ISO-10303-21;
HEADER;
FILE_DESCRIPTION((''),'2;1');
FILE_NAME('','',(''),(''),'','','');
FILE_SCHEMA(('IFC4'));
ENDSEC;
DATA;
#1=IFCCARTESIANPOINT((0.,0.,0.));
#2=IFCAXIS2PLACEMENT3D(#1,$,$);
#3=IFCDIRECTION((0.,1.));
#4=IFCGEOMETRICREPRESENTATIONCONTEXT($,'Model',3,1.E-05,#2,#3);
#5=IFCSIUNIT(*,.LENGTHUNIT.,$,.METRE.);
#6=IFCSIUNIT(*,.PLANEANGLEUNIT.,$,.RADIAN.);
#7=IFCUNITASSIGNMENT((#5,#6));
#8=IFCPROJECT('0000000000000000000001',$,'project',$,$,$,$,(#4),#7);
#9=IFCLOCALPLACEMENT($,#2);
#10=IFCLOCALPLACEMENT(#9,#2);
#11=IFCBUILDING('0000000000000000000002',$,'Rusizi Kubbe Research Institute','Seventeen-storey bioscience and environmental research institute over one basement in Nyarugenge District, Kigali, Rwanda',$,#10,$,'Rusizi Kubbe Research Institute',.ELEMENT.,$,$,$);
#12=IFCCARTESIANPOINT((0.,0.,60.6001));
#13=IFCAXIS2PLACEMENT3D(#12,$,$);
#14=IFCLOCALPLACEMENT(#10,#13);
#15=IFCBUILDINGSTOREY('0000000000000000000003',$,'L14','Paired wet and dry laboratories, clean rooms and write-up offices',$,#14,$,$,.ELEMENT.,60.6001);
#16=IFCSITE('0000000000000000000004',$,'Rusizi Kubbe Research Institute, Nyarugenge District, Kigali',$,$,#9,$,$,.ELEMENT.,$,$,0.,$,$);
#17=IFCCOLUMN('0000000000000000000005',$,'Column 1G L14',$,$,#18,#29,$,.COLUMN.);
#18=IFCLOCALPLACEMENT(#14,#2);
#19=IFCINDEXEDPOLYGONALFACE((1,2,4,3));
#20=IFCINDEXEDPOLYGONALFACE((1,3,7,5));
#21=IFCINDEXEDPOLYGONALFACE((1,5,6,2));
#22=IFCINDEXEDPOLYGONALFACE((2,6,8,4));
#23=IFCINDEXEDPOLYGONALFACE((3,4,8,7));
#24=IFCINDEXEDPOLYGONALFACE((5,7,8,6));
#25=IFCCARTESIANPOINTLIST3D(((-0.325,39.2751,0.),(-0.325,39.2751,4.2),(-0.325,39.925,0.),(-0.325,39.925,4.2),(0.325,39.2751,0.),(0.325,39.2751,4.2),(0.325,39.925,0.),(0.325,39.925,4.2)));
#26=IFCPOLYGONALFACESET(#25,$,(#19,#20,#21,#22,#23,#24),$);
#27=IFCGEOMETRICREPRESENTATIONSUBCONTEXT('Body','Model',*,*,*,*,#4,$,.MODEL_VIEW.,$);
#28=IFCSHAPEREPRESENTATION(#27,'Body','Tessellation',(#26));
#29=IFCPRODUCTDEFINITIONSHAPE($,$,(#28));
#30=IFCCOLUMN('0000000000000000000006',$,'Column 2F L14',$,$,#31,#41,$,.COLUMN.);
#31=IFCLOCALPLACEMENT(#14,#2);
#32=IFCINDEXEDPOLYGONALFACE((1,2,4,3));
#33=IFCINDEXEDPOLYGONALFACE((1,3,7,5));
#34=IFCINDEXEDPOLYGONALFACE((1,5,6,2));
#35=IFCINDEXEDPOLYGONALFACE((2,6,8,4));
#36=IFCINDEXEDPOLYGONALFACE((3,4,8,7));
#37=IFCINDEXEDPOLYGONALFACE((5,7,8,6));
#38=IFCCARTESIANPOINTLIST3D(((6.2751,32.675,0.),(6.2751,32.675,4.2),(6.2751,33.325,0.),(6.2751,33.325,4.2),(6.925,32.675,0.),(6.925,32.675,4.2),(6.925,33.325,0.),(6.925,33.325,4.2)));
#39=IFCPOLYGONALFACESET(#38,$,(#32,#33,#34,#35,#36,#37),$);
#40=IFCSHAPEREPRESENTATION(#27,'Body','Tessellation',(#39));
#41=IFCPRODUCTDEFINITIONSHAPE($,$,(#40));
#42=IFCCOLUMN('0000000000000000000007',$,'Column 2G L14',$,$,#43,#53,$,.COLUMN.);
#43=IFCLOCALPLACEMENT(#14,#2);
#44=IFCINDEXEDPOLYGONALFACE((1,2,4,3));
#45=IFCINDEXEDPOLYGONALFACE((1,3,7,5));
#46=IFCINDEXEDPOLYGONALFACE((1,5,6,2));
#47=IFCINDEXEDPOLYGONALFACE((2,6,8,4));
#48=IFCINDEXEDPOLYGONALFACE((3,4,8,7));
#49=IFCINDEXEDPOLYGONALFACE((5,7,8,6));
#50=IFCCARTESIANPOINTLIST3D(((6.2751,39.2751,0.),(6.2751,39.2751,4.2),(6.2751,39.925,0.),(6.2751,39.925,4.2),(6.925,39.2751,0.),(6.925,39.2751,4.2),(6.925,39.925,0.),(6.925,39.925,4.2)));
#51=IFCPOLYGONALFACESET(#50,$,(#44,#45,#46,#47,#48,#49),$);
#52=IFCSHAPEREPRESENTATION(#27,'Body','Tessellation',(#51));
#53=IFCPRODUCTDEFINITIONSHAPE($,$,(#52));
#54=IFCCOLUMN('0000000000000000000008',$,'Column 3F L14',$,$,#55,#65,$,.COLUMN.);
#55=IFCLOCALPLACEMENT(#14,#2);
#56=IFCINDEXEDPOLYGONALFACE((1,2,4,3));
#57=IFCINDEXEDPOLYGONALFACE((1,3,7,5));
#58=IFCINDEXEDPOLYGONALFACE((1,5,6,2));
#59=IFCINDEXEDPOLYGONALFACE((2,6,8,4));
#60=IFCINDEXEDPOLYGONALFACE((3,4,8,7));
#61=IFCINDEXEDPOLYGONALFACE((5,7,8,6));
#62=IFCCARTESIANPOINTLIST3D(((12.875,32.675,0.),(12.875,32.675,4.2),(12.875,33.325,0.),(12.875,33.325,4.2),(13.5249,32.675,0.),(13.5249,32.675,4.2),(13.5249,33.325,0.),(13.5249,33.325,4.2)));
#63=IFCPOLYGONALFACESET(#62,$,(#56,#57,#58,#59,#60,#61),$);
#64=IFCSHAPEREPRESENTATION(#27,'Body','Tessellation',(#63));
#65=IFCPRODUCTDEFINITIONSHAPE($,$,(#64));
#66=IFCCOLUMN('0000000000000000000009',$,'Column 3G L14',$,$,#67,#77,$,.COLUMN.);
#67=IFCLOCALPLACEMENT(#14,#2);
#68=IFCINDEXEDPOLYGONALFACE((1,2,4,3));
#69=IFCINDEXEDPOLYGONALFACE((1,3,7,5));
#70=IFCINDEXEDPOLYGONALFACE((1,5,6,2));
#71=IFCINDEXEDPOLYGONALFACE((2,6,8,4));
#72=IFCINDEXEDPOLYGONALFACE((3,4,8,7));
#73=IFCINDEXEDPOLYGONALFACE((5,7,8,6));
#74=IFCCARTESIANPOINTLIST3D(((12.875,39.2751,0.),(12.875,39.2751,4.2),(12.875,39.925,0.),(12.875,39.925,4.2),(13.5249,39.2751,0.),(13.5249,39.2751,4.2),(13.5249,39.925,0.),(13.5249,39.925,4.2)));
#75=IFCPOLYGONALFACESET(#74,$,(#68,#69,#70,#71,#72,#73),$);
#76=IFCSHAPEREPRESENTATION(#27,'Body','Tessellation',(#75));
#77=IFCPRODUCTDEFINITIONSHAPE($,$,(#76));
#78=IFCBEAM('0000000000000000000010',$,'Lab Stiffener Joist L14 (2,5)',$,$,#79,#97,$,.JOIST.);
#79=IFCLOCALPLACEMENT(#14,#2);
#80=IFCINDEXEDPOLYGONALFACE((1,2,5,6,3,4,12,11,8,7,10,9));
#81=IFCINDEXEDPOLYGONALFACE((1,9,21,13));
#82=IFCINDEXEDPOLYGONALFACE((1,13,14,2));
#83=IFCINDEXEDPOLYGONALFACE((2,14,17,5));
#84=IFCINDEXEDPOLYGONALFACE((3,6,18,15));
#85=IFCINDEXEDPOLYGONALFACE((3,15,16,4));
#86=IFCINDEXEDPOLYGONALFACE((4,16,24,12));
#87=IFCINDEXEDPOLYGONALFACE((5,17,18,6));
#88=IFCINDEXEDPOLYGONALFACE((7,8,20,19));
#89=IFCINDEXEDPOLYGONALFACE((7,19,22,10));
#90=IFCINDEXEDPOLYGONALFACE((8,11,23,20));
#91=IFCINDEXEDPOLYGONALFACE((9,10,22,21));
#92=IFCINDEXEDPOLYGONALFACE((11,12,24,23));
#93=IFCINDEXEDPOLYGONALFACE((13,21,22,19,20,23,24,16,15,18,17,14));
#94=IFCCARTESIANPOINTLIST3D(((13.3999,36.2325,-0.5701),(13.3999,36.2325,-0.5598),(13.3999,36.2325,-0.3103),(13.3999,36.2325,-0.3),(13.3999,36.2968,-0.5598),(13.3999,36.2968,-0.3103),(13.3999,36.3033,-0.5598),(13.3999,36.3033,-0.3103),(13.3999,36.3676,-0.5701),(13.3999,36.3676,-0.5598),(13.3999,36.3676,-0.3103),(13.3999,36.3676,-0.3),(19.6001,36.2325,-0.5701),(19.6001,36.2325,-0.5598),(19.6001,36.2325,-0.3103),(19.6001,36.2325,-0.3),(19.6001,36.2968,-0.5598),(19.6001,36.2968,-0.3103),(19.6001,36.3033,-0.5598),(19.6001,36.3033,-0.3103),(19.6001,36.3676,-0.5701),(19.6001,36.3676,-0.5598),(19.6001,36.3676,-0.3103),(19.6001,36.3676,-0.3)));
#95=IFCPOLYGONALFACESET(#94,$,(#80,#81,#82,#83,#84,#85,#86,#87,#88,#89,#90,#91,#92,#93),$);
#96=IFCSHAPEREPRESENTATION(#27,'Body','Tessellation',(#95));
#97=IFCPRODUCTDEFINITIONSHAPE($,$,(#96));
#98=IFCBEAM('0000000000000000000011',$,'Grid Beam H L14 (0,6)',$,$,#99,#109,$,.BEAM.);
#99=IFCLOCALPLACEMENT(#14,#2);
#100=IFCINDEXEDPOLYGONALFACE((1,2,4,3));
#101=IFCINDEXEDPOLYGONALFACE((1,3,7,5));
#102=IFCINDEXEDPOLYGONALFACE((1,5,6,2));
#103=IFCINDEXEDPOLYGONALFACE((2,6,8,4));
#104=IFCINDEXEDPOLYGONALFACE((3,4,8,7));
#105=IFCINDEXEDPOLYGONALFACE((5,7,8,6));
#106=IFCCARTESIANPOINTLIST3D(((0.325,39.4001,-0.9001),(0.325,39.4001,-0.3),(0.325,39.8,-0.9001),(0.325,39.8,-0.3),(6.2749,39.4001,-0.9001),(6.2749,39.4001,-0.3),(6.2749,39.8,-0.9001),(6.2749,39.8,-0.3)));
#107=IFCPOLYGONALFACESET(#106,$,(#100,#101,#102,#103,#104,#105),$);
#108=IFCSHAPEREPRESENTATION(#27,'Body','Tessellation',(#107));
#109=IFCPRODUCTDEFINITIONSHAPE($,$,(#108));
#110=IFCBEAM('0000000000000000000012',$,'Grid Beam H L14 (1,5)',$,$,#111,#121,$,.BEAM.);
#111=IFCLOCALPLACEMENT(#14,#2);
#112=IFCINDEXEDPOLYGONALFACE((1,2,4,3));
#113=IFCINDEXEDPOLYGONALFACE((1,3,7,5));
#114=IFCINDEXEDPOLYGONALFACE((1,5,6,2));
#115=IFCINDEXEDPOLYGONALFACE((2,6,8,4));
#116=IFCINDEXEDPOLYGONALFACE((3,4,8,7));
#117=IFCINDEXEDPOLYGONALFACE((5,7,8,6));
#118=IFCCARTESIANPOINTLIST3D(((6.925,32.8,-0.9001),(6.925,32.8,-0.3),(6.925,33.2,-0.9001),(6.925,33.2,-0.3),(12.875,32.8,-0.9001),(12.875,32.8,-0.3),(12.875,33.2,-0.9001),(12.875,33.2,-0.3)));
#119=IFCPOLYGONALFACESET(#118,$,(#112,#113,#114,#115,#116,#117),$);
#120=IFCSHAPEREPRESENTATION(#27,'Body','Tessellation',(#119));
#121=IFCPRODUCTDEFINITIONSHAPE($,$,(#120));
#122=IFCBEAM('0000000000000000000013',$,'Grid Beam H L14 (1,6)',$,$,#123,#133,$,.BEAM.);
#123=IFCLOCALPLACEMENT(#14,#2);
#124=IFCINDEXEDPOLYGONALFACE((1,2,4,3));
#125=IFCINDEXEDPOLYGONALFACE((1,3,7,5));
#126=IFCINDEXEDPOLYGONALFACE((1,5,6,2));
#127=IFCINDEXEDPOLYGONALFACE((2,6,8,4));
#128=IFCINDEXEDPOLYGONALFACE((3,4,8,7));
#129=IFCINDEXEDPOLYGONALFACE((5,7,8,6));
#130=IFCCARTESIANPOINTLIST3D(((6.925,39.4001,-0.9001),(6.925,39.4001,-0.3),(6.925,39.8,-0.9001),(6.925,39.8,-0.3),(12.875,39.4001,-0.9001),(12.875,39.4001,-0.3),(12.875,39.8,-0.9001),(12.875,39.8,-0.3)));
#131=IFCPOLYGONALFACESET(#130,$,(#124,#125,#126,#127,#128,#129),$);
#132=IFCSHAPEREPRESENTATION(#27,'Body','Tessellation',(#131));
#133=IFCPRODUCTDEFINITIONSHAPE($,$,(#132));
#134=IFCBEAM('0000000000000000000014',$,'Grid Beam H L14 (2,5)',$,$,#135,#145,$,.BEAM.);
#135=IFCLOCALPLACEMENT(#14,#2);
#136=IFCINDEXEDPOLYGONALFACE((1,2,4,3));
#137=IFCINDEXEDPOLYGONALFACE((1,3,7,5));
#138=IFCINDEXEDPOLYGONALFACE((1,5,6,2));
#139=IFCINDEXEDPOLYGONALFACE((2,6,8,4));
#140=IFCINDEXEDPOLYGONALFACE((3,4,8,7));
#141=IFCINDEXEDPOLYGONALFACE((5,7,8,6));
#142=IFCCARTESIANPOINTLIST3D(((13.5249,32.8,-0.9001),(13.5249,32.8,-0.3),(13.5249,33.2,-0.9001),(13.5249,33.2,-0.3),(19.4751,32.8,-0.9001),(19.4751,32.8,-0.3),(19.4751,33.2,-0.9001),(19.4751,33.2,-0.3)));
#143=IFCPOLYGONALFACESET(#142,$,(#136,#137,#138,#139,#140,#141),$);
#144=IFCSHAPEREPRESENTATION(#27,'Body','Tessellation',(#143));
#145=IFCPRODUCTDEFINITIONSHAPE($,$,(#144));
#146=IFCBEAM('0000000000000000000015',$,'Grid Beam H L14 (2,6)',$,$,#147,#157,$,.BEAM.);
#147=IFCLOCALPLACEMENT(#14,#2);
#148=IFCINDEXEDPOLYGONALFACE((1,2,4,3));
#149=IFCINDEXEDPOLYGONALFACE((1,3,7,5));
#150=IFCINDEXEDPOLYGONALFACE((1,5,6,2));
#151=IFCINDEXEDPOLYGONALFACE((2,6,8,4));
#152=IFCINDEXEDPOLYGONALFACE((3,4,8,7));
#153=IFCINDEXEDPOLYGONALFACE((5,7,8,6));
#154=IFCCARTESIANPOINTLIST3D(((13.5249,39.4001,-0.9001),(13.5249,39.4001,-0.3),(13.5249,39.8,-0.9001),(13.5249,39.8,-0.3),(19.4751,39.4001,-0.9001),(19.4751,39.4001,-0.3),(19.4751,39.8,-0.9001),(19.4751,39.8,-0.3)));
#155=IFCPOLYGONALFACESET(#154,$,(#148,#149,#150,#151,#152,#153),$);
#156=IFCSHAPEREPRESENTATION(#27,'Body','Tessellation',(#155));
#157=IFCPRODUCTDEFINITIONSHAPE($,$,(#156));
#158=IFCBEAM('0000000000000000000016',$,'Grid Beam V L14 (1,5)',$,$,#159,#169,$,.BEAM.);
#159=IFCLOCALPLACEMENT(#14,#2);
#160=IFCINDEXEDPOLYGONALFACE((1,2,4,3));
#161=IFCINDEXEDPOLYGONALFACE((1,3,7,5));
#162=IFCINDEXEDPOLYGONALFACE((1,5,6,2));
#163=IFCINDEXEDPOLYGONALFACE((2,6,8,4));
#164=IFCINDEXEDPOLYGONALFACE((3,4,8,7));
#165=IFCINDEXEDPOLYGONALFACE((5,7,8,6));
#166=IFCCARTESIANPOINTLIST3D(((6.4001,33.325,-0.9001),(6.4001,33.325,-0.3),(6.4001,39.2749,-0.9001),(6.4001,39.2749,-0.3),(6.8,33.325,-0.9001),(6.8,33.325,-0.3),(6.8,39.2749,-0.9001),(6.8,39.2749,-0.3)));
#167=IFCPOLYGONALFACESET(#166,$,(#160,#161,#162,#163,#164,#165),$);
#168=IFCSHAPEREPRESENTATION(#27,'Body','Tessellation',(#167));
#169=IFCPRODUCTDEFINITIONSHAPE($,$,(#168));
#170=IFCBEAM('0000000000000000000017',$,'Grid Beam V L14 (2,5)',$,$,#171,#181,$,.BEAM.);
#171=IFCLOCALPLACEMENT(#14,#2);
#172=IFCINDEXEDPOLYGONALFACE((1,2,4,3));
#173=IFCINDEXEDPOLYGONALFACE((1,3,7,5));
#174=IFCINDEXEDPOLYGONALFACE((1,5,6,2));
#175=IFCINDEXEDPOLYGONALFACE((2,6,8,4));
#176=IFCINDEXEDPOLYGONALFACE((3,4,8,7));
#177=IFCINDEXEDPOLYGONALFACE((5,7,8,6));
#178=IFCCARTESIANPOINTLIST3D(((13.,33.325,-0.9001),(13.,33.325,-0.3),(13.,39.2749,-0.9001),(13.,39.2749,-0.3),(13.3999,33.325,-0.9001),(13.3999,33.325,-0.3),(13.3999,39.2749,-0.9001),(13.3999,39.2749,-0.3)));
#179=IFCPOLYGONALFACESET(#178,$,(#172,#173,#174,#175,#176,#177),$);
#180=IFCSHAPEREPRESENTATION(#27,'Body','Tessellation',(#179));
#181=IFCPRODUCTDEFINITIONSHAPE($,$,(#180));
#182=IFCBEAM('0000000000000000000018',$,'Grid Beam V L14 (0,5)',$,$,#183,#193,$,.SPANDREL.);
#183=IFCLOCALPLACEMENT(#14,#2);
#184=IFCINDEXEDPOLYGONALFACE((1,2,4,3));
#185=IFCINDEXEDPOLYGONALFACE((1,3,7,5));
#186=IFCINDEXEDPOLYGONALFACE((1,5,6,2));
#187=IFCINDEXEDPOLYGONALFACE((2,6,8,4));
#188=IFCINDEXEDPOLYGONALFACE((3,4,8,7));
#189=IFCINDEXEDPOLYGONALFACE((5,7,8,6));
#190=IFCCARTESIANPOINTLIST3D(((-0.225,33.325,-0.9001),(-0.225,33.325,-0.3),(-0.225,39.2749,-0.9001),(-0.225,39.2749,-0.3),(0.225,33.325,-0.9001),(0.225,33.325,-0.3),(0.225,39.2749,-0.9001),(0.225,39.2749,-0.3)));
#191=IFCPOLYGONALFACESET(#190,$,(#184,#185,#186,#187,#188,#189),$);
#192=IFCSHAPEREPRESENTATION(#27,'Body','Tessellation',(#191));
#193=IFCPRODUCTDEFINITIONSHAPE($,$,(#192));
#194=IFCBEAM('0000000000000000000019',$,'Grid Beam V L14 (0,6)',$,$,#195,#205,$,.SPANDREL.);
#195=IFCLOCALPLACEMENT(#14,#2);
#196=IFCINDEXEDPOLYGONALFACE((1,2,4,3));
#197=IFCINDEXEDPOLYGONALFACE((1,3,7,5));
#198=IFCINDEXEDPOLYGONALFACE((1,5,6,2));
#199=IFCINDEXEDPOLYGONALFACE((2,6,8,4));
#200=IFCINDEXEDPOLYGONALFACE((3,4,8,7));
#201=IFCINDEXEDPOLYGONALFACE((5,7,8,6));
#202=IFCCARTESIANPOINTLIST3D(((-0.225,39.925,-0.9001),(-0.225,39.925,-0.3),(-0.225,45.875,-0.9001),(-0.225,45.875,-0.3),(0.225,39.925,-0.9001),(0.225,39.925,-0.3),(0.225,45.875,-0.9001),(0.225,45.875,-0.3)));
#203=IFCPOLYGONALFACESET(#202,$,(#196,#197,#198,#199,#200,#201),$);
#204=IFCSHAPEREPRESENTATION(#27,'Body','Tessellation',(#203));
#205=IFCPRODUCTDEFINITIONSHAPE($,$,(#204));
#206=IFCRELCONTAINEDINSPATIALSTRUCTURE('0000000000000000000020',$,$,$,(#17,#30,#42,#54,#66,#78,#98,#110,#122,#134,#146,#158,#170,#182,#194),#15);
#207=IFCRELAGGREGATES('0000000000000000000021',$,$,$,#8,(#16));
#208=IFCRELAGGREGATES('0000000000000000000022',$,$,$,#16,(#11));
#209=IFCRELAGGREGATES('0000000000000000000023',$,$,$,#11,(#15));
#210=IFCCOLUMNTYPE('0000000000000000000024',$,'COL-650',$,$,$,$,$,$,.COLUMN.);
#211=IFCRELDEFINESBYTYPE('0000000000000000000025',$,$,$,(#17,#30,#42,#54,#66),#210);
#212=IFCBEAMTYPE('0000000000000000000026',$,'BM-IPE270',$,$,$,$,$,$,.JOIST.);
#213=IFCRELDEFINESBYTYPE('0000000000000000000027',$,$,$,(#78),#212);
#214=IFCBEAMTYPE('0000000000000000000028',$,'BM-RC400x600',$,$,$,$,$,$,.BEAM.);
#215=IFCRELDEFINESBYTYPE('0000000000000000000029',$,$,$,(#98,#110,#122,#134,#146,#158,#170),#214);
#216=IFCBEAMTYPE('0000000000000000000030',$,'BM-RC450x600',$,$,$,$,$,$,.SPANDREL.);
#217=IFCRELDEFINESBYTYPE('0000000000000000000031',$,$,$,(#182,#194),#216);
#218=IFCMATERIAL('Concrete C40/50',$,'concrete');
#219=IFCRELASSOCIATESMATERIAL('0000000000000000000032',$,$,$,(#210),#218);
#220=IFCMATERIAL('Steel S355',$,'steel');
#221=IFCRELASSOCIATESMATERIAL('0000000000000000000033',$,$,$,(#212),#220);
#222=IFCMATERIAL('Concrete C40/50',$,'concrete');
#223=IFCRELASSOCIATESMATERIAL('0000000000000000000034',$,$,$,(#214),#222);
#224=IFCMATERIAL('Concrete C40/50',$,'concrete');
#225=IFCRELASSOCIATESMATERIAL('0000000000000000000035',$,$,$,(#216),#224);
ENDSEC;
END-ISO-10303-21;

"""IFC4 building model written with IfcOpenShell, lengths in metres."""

from ifc_helpers import new_model, si_unit, direction, frame, origin, origin_2d, place, context, subcontext, project, spatial, rectangle, i_section, extrude, material, material_profile, profile_set, type_object, element, save


model = new_model("IFC4")

# Units and contexts
model_context = context("Model", 3, precision=1e-05, world=origin(), true_north=direction((0.0, 1.0)))
body_context = subcontext(model_context, "Body", "Model", "MODEL_VIEW")
ifc_project = project(units=[si_unit("LENGTHUNIT", "METRE"), si_unit("PLANEANGLEUNIT", "RADIAN")], contexts=[model_context])

# Site, building, storey
site_placement = place(None, origin())
site = spatial("IfcSite", under=ifc_project, at=site_placement, Name="Rusizi Kubbe Research Institute, Nyarugenge District, Kigali", CompositionType="ELEMENT", RefElevation=0.0)
building_placement = place(site_placement, origin())
building = spatial("IfcBuilding", under=site, at=building_placement, Name="Rusizi Kubbe Research Institute", Description="Seventeen-storey bioscience and environmental research institute over one basement in Nyarugenge District, Kigali, Rwanda", LongName="Rusizi Kubbe Research Institute", CompositionType="ELEMENT")
storey_placement = place(building_placement, frame((0.0, 0.0, 60.6001)))
storey = spatial("IfcBuildingStorey", under=building, at=storey_placement, Name="L14", Description="Paired wet and dry laboratories, clean rooms and write-up offices", CompositionType="ELEMENT", Elevation=60.6001)

# Columns
ifc_material_1 = material(Name="Concrete C40/50", Category="concrete")
ifc_material_profile_1 = material_profile(ifc_material_1, rectangle(XDim=0.6499, YDim=0.6499, at=origin_2d()), Name="RC650x650")
ifc_profile_set_1 = profile_set([ifc_material_profile_1], Name="Concrete C40/50")
column_type = type_object("IfcColumnType", Name="COL-650", PredefinedType="COLUMN", material=ifc_profile_set_1)
for number, where, z_axis, x_axis, name in (
    (1, (0.0, 39.6001, 0.0), (0.0, 0.0, 1.0), (1.0, 0.0, 0.0), "Column 1G L14"),
    (2, (6.6001, 33.0, 0.0), (0.0, 0.0, 1.0), (1.0, 0.0, 0.0), "Column 2F L14"),
    (3, (6.6001, 39.6001, 0.0), (0.0, 0.0, 1.0), (1.0, 0.0, 0.0), "Column 2G L14"),
    (4, (13.2, 33.0, 0.0), (0.0, 0.0, 1.0), (1.0, 0.0, 0.0), "Column 3F L14"),
    (5, (13.2, 39.6001, 0.0), (0.0, 0.0, 1.0), (1.0, 0.0, 0.0), "Column 3G L14"),
):
    element("IfcColumn", number, at=place(storey_placement, frame(where, z_axis=z_axis, x_axis=x_axis)), inside=storey, type_object=column_type, Name=name, PredefinedType="COLUMN", context=body_context, shape_type="SweptSolid", body=[
        extrude(rectangle(XDim=0.6499, YDim=0.6499, at=origin_2d()), origin(), (0.0, 0.0, 1.0), 4.2),
    ])

# Beams
ifc_material_2 = material(Name="Steel S355", Category="steel")
ifc_material_profile_2 = material_profile(ifc_material_2, i_section(OverallWidth=0.135, OverallDepth=0.27, WebThickness=0.0066, FlangeThickness=0.0103, at=origin_2d()), Name="IPE 270")
ifc_profile_set_2 = profile_set([ifc_material_profile_2], Name="Steel S355")
beam_type_1 = type_object("IfcBeamType", Name="BM-IPE270", PredefinedType="JOIST", material=ifc_profile_set_2)
beam_placement = place(storey_placement, frame((13.3999, 36.3, -0.4351), z_axis=(1.0, 0.0, 0.0), x_axis=(0.0, 1.0, 0.0)))
element("IfcBeam", 6, at=beam_placement, inside=storey, type_object=beam_type_1, Name="Lab Stiffener Joist L14 (2,5)", PredefinedType="JOIST", context=body_context, shape_type="SweptSolid", body=[
    extrude(i_section(OverallWidth=0.135, OverallDepth=0.27, WebThickness=0.0066, FlangeThickness=0.0103, at=origin_2d()), origin(), (0.0, 0.0, 1.0), 6.2002),
])
ifc_material_3 = material(Name="Concrete C40/50", Category="concrete")
ifc_material_profile_3 = material_profile(ifc_material_3, rectangle(XDim=0.3999, YDim=0.6001, at=origin_2d()), Name="RC400x600")
ifc_profile_set_3 = profile_set([ifc_material_profile_3], Name="Concrete C40/50")
beam_type_2 = type_object("IfcBeamType", Name="BM-RC400x600", PredefinedType="BEAM", material=ifc_profile_set_3)
for number, where, z_axis, x_axis, name in (
    (7, (0.325, 39.6001, -0.6001), (1.0, 0.0, 0.0), (0.0, 1.0, 0.0), "Grid Beam H L14 (0,6)"),
    (8, (6.925, 33.0, -0.6001), (1.0, 0.0, 0.0), (0.0, 1.0, 0.0), "Grid Beam H L14 (1,5)"),
    (9, (6.925, 39.6001, -0.6001), (1.0, 0.0, 0.0), (0.0, 1.0, 0.0), "Grid Beam H L14 (1,6)"),
):
    element("IfcBeam", number, at=place(storey_placement, frame(where, z_axis=z_axis, x_axis=x_axis)), inside=storey, type_object=beam_type_2, Name=name, PredefinedType="BEAM", context=body_context, shape_type="SweptSolid", body=[
        extrude(rectangle(XDim=0.3999, YDim=0.6001, at=origin_2d()), origin(), (0.0, 0.0, 1.0), 5.95),
    ])
for number, where, z_axis, x_axis, name in (
    (10, (13.5249, 33.0, -0.6001), (1.0, 0.0, 0.0), (0.0, 1.0, 0.0), "Grid Beam H L14 (2,5)"),
    (11, (13.5249, 39.6001, -0.6001), (1.0, 0.0, 0.0), (0.0, 1.0, 0.0), "Grid Beam H L14 (2,6)"),
):
    element("IfcBeam", number, at=place(storey_placement, frame(where, z_axis=z_axis, x_axis=x_axis)), inside=storey, type_object=beam_type_2, Name=name, PredefinedType="BEAM", context=body_context, shape_type="SweptSolid", body=[
        extrude(rectangle(XDim=0.3999, YDim=0.6001, at=origin_2d()), origin(), (0.0, 0.0, 1.0), 5.9502),
    ])
for number, where, z_axis, x_axis, name in (
    (12, (6.6001, 33.325, -0.6001), (0.0, 1.0, 0.0), (-1.0, 0.0, 0.0), "Grid Beam V L14 (1,5)"),
    (13, (13.2, 33.325, -0.6001), (0.0, 1.0, 0.0), (-1.0, 0.0, 0.0), "Grid Beam V L14 (2,5)"),
):
    element("IfcBeam", number, at=place(storey_placement, frame(where, z_axis=z_axis, x_axis=x_axis)), inside=storey, type_object=beam_type_2, Name=name, PredefinedType="BEAM", context=body_context, shape_type="SweptSolid", body=[
        extrude(rectangle(XDim=0.3999, YDim=0.6001, at=origin_2d()), origin(), (0.0, 0.0, 1.0), 5.95),
    ])
ifc_material_4 = material(Name="Concrete C40/50", Category="concrete")
ifc_material_profile_4 = material_profile(ifc_material_4, rectangle(XDim=0.45, YDim=0.6001, at=origin_2d()), Name="RC450x600")
ifc_profile_set_4 = profile_set([ifc_material_profile_4], Name="Concrete C40/50")
beam_type_3 = type_object("IfcBeamType", Name="BM-RC450x600", PredefinedType="SPANDREL", material=ifc_profile_set_4)
for number, where, z_axis, x_axis, name in (
    (14, (0.0, 33.325, -0.6001), (0.0, 1.0, 0.0), (-1.0, 0.0, 0.0), "Grid Beam V L14 (0,5)"),
    (15, (0.0, 39.925, -0.6001), (0.0, 1.0, 0.0), (-1.0, 0.0, 0.0), "Grid Beam V L14 (0,6)"),
):
    element("IfcBeam", number, at=place(storey_placement, frame(where, z_axis=z_axis, x_axis=x_axis)), inside=storey, type_object=beam_type_3, Name=name, PredefinedType="SPANDREL", context=body_context, shape_type="SweptSolid", body=[
        extrude(rectangle(XDim=0.45, YDim=0.6001, at=origin_2d()), origin(), (0.0, 0.0, 1.0), 5.95),
    ])

save(model, "model.ifc")
